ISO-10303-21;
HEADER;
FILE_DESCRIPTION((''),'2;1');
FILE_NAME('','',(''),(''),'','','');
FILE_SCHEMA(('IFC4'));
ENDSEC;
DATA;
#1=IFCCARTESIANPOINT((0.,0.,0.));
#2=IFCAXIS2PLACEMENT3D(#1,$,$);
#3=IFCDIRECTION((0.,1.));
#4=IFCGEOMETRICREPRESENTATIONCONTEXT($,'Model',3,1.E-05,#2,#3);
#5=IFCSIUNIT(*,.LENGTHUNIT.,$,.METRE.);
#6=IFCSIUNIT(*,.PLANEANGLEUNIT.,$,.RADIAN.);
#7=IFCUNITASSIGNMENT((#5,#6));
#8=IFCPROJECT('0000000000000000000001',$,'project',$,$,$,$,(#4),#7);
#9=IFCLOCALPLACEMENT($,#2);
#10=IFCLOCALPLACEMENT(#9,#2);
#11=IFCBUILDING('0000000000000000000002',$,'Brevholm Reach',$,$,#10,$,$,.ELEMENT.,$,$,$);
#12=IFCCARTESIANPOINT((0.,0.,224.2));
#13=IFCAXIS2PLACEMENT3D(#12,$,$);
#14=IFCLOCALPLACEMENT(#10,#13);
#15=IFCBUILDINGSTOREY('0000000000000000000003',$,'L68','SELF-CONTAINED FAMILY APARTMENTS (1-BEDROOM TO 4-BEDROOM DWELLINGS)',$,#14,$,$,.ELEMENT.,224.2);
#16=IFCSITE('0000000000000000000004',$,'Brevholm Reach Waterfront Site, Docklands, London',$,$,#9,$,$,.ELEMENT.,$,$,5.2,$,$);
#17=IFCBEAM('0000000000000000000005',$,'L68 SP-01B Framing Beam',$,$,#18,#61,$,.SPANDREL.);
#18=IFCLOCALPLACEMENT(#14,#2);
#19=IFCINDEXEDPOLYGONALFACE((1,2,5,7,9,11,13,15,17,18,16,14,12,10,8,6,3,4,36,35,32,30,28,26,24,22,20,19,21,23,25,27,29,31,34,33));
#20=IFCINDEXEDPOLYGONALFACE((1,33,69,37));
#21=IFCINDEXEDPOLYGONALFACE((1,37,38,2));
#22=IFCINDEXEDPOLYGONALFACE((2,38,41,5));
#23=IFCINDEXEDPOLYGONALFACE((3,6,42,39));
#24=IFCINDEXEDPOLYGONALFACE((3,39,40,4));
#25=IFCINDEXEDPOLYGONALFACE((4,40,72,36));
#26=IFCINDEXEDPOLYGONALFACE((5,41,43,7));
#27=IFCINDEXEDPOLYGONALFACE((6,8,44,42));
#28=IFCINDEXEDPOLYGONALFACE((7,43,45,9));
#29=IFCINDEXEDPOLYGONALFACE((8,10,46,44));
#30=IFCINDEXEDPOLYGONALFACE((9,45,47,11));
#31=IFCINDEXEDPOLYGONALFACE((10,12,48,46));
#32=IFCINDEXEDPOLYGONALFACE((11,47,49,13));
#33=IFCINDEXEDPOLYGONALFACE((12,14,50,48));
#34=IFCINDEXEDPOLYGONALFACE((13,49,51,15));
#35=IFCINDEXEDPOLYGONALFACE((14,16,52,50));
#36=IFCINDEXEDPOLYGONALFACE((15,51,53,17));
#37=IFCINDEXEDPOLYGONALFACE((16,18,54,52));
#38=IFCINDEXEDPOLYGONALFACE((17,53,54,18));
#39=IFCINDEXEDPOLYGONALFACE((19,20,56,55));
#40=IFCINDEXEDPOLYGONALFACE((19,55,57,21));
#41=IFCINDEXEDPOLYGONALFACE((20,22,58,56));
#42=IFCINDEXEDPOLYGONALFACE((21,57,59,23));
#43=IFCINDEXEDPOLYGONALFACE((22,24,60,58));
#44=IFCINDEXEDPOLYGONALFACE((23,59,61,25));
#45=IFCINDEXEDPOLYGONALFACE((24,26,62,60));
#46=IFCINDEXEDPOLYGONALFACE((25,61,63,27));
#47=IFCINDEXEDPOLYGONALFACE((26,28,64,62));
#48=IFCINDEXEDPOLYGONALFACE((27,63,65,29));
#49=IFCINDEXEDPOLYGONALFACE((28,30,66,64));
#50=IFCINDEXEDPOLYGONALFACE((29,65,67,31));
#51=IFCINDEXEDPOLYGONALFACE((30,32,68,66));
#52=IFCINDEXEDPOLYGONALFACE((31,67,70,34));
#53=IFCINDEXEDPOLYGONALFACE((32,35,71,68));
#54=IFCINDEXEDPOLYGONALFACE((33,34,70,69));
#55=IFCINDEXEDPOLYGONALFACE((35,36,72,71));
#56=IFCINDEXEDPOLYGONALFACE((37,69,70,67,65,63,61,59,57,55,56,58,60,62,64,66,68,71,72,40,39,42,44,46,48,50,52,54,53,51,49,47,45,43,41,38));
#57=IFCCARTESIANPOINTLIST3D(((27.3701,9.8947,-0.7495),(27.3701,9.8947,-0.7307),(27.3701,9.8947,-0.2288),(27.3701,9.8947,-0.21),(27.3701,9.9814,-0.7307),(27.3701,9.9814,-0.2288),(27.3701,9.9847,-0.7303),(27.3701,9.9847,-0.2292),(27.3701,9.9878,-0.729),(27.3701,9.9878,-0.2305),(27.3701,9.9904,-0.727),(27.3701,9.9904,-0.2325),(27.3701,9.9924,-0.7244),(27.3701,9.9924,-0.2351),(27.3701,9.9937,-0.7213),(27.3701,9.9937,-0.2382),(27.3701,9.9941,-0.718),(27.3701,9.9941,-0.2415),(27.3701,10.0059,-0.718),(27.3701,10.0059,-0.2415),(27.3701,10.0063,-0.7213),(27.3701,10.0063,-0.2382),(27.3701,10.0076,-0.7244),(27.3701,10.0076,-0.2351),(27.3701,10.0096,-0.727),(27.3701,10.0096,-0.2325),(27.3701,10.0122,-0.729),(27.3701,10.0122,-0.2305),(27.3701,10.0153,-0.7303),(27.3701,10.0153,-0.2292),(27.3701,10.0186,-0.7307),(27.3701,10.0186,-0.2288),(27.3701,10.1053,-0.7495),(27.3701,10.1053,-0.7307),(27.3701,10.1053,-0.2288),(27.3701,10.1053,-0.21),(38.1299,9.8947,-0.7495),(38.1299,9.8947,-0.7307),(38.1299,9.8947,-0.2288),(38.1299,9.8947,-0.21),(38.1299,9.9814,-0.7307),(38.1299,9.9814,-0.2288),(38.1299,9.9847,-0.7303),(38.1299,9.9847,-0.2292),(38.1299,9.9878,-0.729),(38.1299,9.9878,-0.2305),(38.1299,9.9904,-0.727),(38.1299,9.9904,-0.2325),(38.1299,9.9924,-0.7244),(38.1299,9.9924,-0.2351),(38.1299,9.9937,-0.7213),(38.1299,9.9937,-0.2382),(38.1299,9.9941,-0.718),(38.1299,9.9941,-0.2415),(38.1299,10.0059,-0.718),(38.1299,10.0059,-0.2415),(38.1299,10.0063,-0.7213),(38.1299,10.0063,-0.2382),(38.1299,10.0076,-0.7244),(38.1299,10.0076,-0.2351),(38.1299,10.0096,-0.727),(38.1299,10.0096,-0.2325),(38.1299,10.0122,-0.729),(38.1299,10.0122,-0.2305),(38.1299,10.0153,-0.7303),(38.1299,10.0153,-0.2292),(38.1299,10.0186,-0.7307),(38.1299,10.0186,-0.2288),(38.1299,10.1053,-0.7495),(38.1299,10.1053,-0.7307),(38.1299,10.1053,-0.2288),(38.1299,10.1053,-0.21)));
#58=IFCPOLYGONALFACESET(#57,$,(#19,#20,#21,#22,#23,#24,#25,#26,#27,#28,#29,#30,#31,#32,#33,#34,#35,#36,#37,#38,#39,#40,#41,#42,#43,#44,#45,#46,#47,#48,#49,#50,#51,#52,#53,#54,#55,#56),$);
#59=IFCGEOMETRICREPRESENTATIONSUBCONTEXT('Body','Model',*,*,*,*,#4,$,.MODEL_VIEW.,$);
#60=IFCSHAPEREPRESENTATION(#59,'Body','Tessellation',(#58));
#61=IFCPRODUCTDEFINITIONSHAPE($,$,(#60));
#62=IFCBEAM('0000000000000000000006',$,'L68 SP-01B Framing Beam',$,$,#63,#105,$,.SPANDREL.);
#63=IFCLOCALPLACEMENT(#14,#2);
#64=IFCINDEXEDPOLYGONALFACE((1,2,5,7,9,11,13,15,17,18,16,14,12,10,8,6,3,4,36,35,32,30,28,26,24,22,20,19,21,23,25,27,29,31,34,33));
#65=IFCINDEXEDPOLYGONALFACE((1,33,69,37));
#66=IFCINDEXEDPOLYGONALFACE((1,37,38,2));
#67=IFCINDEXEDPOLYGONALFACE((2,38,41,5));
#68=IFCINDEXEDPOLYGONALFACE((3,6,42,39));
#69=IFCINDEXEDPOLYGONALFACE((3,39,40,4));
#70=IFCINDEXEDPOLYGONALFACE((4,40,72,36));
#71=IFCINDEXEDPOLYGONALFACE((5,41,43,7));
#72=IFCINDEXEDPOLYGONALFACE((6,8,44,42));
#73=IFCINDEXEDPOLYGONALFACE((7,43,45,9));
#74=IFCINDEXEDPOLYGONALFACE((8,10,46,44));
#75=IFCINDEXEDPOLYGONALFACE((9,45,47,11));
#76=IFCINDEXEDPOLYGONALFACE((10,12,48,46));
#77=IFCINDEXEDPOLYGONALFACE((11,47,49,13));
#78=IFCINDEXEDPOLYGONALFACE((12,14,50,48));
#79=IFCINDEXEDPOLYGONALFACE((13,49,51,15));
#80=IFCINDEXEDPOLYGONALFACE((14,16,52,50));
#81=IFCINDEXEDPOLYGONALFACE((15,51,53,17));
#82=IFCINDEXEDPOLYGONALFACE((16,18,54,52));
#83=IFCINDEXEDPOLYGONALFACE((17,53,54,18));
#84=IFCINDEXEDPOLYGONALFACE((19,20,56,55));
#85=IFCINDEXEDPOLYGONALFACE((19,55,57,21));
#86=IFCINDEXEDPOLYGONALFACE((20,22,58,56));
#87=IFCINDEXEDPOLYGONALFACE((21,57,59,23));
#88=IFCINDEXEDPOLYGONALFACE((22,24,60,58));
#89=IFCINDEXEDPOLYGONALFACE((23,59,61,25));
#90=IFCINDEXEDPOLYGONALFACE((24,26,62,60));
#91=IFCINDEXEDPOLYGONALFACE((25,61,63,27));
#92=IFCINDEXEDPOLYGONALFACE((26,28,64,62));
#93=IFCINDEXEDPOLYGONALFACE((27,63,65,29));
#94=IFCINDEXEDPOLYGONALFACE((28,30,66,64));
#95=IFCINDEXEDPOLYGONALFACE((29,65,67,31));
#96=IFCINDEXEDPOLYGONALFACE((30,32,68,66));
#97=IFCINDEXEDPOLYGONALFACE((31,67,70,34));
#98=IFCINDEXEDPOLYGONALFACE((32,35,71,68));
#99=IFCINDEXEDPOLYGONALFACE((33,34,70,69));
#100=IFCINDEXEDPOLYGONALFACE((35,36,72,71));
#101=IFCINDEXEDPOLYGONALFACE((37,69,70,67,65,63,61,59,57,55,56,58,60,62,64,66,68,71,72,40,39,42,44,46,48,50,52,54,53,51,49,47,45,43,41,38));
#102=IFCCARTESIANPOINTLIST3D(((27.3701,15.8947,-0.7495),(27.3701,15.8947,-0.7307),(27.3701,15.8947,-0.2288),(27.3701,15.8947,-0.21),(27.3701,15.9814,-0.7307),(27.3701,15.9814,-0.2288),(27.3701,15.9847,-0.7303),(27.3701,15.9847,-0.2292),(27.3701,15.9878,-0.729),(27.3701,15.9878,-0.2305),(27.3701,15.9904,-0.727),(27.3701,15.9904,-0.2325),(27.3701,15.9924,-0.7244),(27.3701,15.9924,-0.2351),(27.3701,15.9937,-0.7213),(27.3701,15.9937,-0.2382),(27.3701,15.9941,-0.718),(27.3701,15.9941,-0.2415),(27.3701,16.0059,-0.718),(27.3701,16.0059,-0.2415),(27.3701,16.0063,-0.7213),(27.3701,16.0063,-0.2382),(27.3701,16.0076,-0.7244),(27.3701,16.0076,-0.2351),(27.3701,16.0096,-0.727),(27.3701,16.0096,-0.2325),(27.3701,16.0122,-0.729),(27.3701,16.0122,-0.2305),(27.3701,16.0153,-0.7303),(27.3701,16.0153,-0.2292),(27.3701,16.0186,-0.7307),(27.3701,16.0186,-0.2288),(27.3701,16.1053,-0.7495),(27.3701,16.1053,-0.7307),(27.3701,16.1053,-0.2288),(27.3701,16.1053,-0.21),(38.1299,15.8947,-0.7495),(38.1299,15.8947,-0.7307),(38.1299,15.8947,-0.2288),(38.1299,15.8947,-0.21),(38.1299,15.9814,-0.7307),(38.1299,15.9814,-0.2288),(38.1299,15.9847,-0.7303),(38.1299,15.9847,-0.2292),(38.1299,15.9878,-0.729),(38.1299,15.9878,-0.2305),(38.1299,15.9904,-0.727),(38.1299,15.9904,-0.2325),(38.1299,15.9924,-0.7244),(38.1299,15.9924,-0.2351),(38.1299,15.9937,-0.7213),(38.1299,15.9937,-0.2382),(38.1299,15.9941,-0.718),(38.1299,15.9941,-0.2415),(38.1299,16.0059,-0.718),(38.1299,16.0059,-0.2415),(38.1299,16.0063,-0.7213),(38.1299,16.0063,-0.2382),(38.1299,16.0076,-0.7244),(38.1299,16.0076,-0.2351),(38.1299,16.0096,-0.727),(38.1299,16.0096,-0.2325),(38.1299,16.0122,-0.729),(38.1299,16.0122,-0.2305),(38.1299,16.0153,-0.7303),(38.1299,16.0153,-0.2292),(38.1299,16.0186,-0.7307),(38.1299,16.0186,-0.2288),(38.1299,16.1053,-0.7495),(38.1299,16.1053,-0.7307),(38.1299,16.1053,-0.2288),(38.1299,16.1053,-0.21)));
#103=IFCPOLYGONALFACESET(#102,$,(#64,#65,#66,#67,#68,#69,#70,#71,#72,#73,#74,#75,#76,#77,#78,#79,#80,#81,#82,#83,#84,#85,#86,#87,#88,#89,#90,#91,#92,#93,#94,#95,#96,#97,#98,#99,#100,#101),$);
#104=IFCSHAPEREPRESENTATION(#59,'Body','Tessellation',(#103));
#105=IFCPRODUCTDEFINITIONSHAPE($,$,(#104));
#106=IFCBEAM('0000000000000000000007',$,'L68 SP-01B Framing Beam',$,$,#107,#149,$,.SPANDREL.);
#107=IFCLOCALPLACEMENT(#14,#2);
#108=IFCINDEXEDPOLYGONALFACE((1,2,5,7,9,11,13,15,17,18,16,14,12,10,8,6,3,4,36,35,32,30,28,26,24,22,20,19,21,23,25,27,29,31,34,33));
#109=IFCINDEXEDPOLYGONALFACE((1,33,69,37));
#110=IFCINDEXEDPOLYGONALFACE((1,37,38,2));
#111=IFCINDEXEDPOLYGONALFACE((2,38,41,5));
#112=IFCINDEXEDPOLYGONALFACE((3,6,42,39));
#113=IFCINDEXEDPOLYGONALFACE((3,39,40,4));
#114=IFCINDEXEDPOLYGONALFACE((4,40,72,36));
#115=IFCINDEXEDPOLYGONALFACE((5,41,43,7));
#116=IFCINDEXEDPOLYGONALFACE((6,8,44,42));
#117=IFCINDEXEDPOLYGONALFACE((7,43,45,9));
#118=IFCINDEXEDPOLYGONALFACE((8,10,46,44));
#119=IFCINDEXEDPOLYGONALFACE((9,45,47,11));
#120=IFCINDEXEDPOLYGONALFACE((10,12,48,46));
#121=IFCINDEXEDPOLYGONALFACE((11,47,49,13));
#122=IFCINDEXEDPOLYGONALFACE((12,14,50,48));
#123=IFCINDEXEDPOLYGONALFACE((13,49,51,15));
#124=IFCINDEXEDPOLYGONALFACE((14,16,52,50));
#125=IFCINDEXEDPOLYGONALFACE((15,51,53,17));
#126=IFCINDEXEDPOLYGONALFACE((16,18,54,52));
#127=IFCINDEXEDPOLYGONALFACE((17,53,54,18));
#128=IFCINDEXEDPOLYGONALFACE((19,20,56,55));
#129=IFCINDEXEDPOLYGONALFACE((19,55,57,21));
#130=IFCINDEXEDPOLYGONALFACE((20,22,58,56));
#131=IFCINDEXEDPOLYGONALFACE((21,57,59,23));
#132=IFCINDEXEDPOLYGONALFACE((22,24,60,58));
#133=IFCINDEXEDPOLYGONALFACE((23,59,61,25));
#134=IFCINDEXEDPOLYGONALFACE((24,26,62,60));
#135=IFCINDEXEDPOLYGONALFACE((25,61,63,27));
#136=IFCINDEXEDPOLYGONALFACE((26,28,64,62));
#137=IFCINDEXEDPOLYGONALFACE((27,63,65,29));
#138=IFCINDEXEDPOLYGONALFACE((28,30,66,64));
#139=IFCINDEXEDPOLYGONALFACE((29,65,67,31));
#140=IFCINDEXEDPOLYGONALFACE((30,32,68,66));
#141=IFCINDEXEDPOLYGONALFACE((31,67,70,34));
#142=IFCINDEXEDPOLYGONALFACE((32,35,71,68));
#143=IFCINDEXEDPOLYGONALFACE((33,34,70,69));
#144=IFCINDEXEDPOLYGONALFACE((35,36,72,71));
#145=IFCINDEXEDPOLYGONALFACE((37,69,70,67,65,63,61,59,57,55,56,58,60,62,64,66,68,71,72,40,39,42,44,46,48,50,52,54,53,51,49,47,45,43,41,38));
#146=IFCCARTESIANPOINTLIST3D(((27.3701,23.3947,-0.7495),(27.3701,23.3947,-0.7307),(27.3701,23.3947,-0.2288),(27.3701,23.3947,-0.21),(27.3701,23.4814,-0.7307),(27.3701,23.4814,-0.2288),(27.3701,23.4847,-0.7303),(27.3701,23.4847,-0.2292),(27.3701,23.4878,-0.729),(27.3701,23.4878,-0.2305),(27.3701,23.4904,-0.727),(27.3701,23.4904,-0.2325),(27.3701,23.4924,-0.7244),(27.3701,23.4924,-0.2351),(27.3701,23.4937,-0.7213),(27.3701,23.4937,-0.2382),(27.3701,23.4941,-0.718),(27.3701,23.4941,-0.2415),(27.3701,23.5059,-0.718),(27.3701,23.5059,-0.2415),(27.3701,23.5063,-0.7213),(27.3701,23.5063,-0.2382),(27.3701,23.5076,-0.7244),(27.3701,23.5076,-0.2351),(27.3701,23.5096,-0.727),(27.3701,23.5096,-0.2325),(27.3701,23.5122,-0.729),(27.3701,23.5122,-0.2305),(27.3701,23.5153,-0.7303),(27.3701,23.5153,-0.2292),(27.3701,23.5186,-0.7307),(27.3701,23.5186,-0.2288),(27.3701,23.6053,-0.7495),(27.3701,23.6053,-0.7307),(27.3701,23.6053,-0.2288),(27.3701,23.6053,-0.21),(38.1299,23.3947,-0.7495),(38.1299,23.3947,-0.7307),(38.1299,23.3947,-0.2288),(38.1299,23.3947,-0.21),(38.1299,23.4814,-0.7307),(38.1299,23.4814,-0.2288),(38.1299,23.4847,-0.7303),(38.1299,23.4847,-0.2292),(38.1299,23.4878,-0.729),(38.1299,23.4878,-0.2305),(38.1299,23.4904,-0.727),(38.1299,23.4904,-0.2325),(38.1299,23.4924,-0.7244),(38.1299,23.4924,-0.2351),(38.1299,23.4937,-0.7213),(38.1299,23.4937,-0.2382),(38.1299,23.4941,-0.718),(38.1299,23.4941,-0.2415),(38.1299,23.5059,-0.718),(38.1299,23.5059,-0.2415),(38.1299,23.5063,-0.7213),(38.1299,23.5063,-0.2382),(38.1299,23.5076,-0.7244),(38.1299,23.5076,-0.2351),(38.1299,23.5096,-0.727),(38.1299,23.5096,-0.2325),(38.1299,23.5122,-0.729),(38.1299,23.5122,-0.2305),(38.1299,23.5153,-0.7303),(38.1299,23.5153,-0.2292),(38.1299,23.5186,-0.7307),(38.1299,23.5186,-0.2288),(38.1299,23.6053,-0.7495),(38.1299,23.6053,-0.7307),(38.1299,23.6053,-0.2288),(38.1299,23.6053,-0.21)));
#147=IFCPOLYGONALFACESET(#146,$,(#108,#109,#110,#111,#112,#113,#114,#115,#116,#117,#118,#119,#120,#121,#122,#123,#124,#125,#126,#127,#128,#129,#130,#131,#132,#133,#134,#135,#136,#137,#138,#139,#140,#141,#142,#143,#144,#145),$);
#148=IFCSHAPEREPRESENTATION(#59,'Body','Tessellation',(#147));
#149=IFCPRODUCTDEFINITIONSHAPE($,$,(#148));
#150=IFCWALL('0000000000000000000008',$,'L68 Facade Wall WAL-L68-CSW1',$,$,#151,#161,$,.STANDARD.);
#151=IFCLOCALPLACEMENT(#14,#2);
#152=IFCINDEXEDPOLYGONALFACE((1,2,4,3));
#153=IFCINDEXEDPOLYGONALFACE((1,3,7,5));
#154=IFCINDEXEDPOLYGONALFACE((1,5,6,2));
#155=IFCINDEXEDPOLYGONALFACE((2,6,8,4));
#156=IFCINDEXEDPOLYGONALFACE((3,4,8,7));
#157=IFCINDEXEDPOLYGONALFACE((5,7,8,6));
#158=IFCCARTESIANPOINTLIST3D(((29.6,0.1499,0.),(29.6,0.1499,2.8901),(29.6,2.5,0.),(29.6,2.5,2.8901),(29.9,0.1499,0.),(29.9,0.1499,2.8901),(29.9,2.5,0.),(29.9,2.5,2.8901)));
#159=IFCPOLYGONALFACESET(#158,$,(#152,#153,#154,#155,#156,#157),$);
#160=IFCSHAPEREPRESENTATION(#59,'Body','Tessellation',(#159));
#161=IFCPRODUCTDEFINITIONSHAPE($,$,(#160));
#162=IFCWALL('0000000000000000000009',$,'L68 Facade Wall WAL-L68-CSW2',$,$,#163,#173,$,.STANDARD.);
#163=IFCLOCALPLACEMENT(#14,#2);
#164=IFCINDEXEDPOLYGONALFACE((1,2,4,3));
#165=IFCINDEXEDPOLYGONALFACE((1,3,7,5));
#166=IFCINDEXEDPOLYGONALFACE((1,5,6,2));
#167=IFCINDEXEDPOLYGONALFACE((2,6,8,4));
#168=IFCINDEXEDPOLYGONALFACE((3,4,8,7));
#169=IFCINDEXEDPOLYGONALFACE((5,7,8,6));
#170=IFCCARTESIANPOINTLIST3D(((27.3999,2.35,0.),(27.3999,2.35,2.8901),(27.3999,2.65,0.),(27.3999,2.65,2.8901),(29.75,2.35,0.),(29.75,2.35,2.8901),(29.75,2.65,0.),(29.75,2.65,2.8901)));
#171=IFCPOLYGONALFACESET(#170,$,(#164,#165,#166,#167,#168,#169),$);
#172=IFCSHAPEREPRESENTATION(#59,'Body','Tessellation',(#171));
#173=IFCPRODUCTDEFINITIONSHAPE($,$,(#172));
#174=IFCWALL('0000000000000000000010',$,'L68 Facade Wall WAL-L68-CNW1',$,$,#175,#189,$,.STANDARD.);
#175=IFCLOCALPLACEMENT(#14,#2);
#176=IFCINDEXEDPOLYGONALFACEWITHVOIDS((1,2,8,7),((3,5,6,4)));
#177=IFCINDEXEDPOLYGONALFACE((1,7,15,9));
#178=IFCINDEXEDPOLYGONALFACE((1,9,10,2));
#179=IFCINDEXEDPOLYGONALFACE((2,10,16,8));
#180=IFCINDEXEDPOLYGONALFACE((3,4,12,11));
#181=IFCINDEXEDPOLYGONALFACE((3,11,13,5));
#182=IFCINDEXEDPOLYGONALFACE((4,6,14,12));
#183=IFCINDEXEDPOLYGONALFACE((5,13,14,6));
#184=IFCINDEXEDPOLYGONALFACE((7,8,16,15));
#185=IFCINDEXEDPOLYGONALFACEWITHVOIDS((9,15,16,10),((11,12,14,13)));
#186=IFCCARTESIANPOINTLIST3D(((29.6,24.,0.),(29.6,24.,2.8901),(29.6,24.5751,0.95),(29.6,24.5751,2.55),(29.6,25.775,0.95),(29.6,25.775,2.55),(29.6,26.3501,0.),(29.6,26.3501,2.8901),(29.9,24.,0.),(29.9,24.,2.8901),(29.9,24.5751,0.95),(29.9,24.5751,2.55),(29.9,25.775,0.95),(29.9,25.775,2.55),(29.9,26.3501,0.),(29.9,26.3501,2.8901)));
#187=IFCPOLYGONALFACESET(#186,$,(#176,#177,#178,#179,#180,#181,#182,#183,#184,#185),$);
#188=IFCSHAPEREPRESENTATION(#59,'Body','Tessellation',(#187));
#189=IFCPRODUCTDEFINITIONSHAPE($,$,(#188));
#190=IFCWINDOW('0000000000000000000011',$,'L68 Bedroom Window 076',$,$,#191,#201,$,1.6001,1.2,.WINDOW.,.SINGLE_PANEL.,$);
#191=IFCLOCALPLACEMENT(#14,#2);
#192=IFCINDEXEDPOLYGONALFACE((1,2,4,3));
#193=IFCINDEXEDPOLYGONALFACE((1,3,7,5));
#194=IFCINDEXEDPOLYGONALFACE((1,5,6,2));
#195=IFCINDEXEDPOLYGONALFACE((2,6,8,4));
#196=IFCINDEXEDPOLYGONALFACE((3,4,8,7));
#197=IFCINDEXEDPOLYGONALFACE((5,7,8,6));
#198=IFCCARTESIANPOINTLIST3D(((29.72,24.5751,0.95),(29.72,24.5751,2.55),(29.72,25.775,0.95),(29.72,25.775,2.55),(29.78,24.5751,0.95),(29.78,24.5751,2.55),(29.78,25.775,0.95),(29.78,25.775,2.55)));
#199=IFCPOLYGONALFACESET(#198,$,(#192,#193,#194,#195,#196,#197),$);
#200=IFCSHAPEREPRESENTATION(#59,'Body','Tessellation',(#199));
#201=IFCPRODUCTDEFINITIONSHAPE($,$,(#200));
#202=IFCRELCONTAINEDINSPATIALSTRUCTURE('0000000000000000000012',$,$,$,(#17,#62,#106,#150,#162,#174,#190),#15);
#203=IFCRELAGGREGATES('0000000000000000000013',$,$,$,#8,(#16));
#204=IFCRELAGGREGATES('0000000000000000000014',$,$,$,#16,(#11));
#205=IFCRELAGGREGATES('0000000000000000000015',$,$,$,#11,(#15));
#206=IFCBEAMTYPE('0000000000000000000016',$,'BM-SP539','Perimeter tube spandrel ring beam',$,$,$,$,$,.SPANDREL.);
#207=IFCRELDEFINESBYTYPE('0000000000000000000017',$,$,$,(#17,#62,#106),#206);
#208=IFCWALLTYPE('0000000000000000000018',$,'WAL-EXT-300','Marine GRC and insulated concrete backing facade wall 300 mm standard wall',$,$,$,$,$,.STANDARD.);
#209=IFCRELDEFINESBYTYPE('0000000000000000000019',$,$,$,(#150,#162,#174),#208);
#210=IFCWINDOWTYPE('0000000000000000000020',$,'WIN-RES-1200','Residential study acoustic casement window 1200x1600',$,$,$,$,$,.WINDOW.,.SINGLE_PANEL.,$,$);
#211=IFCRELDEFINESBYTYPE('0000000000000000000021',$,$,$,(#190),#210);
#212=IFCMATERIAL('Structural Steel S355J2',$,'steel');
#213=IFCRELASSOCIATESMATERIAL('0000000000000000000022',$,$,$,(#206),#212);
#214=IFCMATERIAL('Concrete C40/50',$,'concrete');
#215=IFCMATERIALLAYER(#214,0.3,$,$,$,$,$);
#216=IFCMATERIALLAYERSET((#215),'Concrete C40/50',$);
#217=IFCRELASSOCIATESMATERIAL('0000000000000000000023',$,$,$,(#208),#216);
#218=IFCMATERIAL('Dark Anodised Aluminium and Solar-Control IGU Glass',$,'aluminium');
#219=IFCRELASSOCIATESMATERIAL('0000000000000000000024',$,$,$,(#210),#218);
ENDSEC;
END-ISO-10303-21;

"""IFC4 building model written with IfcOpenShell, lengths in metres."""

from ifc_helpers import new_model, si_unit, direction, frame, frame_2d, origin, origin_2d, place, context, subcontext, project, spatial, rectangle, i_section, extrude, material, layer, layer_set, material_profile, profile_set, type_object, element, fill, save


model = new_model("IFC4")

# Units and contexts
model_context = context("Model", 3, precision=1e-05, world=origin(), true_north=direction((0.0, 1.0)))
body_context = subcontext(model_context, "Body", "Model", "MODEL_VIEW")
ifc_project = project(units=[si_unit("LENGTHUNIT", "METRE"), si_unit("PLANEANGLEUNIT", "RADIAN")], contexts=[model_context])

# Site, building, storey
site_placement = place(None, origin())
site = spatial("IfcSite", under=ifc_project, at=site_placement, Name="Brevholm Reach Waterfront Site, Docklands, London", CompositionType="ELEMENT", RefElevation=5.2)
building_placement = place(site_placement, origin())
building = spatial("IfcBuilding", under=site, at=building_placement, Name="Brevholm Reach", CompositionType="ELEMENT")
storey_placement = place(building_placement, frame((0.0, 0.0, 224.2)))
storey = spatial("IfcBuildingStorey", under=building, at=storey_placement, Name="L68", Description="SELF-CONTAINED FAMILY APARTMENTS (1-BEDROOM TO 4-BEDROOM DWELLINGS)", CompositionType="ELEMENT", Elevation=224.2)

# Beams
ifc_material_1 = material(Name="Structural Steel S355J2", Category="steel")
ifc_material_profile_1 = material_profile(ifc_material_1, i_section(OverallWidth=0.2107, OverallDepth=0.5396, WebThickness=0.0117, FlangeThickness=0.0188, FilletRadius=0.0127, at=origin_2d()), Name="UKB 533x210x109")
ifc_profile_set_1 = profile_set([ifc_material_profile_1], Name="Structural Steel S355J2")
beam_type_1 = type_object("IfcBeamType", Name="BM-SP539", Description="Perimeter tube spandrel ring beam", PredefinedType="SPANDREL", material=ifc_profile_set_1)
for number, where, z_axis, x_axis, name in (
    (1, (27.3701, 10.0, -0.4797), (1.0, 0.0, 0.0), (0.0, 1.0, 0.0), "L68 SP-01B Framing Beam"),
    (2, (27.3701, 16.0, -0.4797), (1.0, 0.0, 0.0), (0.0, 1.0, 0.0), "L68 SP-01B Framing Beam"),
    (3, (27.3701, 23.5, -0.4797), (1.0, 0.0, 0.0), (0.0, 1.0, 0.0), "L68 SP-01B Framing Beam"),
):
    element("IfcBeam", number, at=place(storey_placement, frame(where, z_axis=z_axis, x_axis=x_axis)), inside=storey, type_object=beam_type_1, Name=name, PredefinedType="SPANDREL", context=body_context, shape_type="SweptSolid", body=[
        extrude(i_section(OverallWidth=0.2107, OverallDepth=0.5396, WebThickness=0.0117, FlangeThickness=0.0188, FilletRadius=0.0127, at=origin_2d()), origin(), (0.0, 0.0, 1.0), 10.7598),
    ])

# Walls
ifc_material_2 = material(Name="Concrete C40/50", Category="concrete")
ifc_layer_1 = layer(ifc_material_2, 0.3)
ifc_layer_set_1 = layer_set([ifc_layer_1], Name="Concrete C40/50")
wall_type_1 = type_object("IfcWallType", Name="WAL-EXT-300", Description="Marine GRC and insulated concrete backing facade wall 300 mm standard wall", PredefinedType="STANDARD", material=ifc_layer_set_1)
for number, where, z_axis, x_axis, name in (
    (4, (29.75, 2.5, 0.0), (0.0, 0.0, 1.0), (0.0, -1.0, 0.0), "L68 Facade Wall WAL-L68-CSW1"),
    (5, (27.3999, 2.5, 0.0), (0.0, 0.0, 1.0), (1.0, 0.0, 0.0), "L68 Facade Wall WAL-L68-CSW2"),
):
    element("IfcWall", number, at=place(storey_placement, frame(where, z_axis=z_axis, x_axis=x_axis)), inside=storey, type_object=wall_type_1, Name=name, PredefinedType="STANDARD", context=body_context, shape_type="SweptSolid", body=[
        extrude(rectangle(XDim=2.3501, YDim=0.3, at=frame_2d((1.175, 0.0))), origin(), (0.0, 0.0, 1.0), 2.8901),
    ])

# Wall, opening, window
wall_1_placement = place(storey_placement, frame((29.75, 26.3501, 0.0), z_axis=(0.0, 0.0, 1.0), x_axis=(0.0, -1.0, 0.0)))
wall_1 = element("IfcWall", 6, at=wall_1_placement, inside=storey, type_object=wall_type_1, Name="L68 Facade Wall WAL-L68-CNW1", PredefinedType="STANDARD", context=body_context, shape_type="SweptSolid", body=[
    extrude(rectangle(XDim=2.3501, YDim=0.3, at=frame_2d((1.175, 0.0))), origin(), (0.0, 0.0, 1.0), 2.8901),
])
opening_1_placement = place(wall_1_placement, frame((0.575, 0.0, 0.95)))
opening_1 = element("IfcOpeningElement", 7, at=opening_1_placement, cuts=wall_1, PredefinedType="OPENING", context=body_context, shape_type="SweptSolid", body=[
    extrude(rectangle(XDim=1.2, YDim=1.6001, at=frame_2d((0.6001, 0.8))), frame((0.0, 0.1599, 0.0), z_axis=(0.0, -1.0, 0.0), x_axis=(1.0, 0.0, 0.0)), (0.0, 0.0, 1.0), 0.3201),
])
ifc_material_3 = material(Name="Dark Anodised Aluminium and Solar-Control IGU Glass", Category="aluminium")
window_type_1 = type_object("IfcWindowType", Name="WIN-RES-1200", Description="Residential study acoustic casement window 1200x1600", PartitioningType="SINGLE_PANEL", PredefinedType="WINDOW", material=ifc_material_3)
window_1_placement = place(opening_1_placement, origin())
window_1 = element("IfcWindow", 8, at=window_1_placement, inside=storey, type_object=window_type_1, Name="L68 Bedroom Window 076", OverallHeight=1.6001, OverallWidth=1.2, PartitioningType="SINGLE_PANEL", PredefinedType="WINDOW", context=body_context, shape_type="SweptSolid", body=[
    extrude(rectangle(XDim=1.2, YDim=1.6001, at=frame_2d((0.6001, 0.8))), frame((0.0, 0.03, 0.0), z_axis=(0.0, -1.0, 0.0), x_axis=(1.0, 0.0, 0.0)), (0.0, 0.0, 1.0), 0.0601),
])
fill(opening_1, window_1)

save(model, "model.ifc")
